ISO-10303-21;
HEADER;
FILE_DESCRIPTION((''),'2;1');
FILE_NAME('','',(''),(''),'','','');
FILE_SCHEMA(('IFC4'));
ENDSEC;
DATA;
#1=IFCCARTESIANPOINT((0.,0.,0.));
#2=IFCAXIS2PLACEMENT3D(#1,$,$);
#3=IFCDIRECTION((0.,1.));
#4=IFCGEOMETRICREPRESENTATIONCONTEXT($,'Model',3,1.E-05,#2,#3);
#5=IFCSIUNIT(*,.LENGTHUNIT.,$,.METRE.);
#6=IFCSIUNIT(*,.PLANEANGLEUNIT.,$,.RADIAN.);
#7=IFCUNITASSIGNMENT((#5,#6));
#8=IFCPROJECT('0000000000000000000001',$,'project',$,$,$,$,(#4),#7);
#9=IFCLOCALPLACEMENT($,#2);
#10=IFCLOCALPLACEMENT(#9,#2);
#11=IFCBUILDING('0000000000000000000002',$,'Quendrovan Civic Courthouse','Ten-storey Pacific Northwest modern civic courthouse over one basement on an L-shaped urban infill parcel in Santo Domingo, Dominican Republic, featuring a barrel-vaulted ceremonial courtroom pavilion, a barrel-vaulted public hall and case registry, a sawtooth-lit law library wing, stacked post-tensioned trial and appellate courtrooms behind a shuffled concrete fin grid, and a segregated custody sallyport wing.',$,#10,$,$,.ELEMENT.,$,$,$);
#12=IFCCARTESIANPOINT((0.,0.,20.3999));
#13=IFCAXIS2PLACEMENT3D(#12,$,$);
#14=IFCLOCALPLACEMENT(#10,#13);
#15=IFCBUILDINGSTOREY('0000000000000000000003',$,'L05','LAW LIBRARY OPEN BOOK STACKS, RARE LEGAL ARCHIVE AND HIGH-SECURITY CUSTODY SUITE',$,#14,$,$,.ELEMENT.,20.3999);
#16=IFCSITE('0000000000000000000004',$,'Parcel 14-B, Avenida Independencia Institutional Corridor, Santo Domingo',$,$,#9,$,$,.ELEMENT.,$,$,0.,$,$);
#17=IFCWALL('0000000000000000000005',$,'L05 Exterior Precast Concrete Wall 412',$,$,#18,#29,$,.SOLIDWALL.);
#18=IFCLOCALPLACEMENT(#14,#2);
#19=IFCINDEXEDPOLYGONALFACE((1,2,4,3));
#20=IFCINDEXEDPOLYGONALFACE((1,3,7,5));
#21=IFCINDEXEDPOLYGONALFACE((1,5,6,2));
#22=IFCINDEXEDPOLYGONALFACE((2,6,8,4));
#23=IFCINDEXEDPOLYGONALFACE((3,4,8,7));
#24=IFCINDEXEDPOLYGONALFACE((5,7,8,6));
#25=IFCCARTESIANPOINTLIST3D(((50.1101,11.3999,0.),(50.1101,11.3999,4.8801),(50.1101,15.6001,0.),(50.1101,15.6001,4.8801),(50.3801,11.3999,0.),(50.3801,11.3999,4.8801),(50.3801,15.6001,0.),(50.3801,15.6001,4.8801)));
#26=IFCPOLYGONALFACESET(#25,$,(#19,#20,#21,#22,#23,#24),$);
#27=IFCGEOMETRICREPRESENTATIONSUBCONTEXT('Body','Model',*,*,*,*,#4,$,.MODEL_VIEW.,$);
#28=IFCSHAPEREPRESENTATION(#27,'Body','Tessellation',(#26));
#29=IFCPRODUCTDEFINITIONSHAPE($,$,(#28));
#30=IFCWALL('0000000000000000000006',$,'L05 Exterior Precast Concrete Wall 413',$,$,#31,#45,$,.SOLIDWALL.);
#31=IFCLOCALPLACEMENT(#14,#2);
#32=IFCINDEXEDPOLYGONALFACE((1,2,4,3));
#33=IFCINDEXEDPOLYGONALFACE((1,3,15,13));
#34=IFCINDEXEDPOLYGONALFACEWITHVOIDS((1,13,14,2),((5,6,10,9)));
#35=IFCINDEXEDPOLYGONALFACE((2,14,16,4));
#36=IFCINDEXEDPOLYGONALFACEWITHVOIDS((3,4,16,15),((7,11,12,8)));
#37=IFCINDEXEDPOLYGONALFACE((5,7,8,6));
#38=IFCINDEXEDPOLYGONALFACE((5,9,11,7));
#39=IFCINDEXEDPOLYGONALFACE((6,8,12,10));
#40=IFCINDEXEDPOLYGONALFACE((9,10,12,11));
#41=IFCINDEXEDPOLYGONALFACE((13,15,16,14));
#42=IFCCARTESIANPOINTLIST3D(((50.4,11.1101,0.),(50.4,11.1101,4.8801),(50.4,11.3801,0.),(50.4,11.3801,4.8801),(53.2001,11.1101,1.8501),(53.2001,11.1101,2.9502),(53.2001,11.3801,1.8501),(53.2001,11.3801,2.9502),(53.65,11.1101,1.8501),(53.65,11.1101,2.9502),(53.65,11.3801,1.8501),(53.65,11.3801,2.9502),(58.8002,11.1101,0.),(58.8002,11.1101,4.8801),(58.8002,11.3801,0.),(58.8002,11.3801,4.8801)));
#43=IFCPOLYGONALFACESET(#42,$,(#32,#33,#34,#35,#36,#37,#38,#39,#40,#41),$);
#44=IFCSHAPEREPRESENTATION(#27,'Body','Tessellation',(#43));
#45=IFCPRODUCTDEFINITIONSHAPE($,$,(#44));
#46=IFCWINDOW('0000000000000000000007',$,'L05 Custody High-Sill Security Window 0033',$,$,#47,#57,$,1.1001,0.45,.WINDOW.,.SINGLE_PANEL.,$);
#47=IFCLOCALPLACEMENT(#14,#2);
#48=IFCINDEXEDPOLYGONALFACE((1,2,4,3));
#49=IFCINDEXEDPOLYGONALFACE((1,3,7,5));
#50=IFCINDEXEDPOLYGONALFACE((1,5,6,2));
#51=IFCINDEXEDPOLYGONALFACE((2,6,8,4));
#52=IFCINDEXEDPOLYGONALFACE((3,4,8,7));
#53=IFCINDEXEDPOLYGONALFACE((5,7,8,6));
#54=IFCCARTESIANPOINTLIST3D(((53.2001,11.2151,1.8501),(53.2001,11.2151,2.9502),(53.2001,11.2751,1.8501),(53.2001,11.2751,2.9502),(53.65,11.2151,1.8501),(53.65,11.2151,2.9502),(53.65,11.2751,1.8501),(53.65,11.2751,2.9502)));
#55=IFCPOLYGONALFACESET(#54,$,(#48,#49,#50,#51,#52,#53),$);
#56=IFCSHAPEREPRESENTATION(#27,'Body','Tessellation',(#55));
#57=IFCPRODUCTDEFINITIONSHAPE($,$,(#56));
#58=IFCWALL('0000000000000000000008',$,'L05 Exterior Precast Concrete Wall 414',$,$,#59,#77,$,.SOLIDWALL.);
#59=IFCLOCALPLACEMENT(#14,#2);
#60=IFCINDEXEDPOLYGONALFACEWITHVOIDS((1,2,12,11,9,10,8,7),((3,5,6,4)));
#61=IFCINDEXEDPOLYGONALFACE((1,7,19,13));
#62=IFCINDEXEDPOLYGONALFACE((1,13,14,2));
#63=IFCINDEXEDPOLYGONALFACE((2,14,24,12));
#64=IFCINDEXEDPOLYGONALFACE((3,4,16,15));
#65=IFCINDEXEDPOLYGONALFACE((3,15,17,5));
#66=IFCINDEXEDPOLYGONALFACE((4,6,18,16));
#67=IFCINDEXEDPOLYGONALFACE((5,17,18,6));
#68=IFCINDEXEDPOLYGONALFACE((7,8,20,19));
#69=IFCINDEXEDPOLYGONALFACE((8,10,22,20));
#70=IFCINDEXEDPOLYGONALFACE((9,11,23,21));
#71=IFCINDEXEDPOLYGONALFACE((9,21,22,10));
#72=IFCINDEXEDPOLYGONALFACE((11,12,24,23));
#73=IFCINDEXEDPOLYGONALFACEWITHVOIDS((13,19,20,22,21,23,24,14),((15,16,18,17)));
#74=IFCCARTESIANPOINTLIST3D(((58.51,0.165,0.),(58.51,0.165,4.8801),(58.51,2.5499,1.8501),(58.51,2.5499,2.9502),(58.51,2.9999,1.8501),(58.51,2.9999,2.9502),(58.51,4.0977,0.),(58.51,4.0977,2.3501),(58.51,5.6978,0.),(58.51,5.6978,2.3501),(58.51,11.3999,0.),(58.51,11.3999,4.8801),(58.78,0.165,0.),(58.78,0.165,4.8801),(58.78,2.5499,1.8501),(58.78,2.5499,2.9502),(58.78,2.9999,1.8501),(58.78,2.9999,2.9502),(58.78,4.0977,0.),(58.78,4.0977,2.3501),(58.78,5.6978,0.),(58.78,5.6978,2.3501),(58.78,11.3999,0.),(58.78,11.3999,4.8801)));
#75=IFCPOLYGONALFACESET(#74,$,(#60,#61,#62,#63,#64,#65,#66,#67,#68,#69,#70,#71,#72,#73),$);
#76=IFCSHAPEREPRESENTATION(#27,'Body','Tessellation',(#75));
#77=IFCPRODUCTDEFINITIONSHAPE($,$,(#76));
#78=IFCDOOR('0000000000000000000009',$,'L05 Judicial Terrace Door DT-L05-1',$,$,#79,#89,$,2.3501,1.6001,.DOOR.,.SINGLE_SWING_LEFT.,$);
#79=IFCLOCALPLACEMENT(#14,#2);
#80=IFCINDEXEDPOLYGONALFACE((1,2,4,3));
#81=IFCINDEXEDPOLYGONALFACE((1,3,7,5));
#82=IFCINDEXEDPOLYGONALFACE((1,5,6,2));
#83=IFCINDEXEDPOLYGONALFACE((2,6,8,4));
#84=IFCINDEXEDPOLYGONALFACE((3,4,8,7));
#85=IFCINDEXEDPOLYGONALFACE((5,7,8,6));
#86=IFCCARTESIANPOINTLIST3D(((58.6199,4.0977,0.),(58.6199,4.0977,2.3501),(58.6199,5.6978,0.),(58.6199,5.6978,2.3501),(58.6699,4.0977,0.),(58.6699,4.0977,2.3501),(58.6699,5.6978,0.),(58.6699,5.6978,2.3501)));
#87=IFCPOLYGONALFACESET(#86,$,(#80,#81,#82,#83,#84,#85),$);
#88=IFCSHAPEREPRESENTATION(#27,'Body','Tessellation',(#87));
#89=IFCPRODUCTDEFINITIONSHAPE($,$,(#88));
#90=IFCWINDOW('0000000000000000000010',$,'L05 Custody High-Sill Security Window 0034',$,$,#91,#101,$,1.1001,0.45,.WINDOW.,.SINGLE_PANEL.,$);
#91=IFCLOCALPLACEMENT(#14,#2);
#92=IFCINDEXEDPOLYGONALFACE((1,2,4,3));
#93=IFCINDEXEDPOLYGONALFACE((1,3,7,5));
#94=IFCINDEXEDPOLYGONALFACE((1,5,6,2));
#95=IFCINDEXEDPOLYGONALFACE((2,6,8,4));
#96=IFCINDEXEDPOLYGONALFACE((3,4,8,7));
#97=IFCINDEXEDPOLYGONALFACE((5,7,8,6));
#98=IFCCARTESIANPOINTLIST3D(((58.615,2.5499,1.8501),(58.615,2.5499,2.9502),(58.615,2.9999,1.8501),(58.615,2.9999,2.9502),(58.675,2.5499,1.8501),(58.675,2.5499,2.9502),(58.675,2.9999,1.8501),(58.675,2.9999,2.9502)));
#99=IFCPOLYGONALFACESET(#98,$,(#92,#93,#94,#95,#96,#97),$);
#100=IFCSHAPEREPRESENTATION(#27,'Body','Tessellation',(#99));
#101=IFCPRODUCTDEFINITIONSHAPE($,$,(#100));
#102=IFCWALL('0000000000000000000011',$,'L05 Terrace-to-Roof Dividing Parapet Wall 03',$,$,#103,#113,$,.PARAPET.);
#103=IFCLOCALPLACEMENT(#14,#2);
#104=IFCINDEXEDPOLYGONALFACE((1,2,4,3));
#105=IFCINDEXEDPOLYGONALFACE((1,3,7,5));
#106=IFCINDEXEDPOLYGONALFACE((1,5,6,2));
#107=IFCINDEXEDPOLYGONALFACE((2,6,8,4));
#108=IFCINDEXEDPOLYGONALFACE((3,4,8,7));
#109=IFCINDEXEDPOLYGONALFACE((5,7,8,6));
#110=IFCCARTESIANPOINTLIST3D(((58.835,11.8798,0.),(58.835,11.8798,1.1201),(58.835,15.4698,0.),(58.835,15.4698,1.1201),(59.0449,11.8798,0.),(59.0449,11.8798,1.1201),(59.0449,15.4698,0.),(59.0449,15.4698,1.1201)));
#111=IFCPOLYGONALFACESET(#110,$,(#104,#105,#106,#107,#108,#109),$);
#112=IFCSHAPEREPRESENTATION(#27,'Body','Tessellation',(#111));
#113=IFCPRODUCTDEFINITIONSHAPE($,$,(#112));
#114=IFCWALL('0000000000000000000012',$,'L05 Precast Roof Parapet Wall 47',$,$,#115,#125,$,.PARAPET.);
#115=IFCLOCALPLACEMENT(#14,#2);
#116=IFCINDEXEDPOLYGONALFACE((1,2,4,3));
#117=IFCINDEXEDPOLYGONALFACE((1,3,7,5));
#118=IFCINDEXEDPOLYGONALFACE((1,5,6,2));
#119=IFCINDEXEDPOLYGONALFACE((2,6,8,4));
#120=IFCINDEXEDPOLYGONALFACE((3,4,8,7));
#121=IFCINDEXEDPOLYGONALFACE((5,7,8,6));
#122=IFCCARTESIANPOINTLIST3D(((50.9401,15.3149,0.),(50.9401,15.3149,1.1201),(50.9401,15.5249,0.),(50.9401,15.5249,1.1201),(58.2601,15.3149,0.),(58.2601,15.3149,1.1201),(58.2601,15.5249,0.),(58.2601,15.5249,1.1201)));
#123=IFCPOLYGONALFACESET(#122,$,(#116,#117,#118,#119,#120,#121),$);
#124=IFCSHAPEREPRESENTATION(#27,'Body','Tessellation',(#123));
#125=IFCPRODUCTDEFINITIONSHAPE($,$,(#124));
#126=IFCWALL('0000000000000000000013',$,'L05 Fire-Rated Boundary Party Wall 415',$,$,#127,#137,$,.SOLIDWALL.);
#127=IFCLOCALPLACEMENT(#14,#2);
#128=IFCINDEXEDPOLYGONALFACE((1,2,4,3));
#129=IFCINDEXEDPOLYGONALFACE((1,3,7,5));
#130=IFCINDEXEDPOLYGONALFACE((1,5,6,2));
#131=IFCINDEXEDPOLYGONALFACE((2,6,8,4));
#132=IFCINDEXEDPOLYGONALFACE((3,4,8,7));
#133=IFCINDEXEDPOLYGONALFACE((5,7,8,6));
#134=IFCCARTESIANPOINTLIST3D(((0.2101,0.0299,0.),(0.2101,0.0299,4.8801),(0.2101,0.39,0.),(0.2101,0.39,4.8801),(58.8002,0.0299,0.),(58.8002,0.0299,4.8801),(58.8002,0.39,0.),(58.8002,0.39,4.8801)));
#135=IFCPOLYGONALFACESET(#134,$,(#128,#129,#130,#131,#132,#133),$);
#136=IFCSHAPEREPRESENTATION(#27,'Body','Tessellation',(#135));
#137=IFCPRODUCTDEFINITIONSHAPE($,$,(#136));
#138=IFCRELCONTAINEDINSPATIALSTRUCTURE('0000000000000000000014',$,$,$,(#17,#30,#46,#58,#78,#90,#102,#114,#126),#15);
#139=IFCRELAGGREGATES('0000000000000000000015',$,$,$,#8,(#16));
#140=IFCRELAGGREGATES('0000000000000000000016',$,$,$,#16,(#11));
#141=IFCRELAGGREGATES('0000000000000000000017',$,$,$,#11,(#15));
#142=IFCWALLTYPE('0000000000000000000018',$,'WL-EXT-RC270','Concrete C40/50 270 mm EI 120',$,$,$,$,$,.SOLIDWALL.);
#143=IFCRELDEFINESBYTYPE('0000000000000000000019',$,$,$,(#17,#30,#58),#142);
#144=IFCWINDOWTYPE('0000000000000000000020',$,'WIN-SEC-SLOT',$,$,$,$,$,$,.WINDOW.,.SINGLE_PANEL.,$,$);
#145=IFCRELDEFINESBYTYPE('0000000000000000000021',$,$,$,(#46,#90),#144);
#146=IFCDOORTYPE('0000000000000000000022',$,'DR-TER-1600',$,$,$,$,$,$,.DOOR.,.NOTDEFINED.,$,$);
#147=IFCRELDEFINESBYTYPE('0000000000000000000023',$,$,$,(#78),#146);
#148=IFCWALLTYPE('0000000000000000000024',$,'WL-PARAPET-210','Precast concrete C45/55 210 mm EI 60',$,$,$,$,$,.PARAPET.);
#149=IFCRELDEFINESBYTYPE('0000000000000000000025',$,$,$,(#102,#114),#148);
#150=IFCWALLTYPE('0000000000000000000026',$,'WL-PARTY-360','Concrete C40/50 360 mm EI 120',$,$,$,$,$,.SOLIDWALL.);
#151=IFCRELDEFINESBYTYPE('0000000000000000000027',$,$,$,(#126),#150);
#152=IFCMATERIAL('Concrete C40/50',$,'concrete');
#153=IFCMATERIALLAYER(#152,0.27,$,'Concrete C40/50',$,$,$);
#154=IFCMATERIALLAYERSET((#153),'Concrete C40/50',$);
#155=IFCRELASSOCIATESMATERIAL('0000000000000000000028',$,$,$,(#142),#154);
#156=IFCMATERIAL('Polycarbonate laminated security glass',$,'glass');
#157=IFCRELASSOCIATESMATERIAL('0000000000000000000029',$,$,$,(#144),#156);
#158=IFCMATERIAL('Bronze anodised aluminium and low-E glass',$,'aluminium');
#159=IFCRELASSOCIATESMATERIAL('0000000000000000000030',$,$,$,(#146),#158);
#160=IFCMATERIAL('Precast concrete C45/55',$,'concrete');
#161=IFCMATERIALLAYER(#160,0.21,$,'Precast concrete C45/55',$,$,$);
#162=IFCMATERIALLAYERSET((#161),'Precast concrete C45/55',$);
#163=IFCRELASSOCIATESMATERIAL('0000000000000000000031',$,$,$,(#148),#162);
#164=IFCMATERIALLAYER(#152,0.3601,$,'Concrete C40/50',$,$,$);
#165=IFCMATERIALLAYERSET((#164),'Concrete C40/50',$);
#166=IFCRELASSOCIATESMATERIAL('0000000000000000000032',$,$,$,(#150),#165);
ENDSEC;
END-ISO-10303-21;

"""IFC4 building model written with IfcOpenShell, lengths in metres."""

from ifc_helpers import new_model, si_unit, direction, frame, frame_2d, origin, place, context, subcontext, project, spatial, rectangle, extrude, material, layer, layer_set, type_object, element, fill, save


model = new_model("IFC4")

# Units and contexts
model_context = context("Model", 3, precision=1e-05, world=origin(), true_north=direction((0.0, 1.0)))
body_context = subcontext(model_context, "Body", "Model", "MODEL_VIEW")
ifc_project = project(units=[si_unit("LENGTHUNIT", "METRE"), si_unit("PLANEANGLEUNIT", "RADIAN")], contexts=[model_context])

# Site, building, storey
site_placement = place(None, origin())
site = spatial("IfcSite", under=ifc_project, at=site_placement, Name="Parcel 14-B, Avenida Independencia Institutional Corridor, Santo Domingo", CompositionType="ELEMENT", RefElevation=0.0)
building_placement = place(site_placement, origin())
building = spatial("IfcBuilding", under=site, at=building_placement, Name="Quendrovan Civic Courthouse", Description="Ten-storey Pacific Northwest modern civic courthouse over one basement on an L-shaped urban infill parcel in Santo Domingo, Dominican Republic, featuring a barrel-vaulted ceremonial courtroom pavilion, a barrel-vaulted public hall and case registry, a sawtooth-lit law library wing, stacked post-tensioned trial and appellate courtrooms behind a shuffled concrete fin grid, and a segregated custody sallyport wing.", CompositionType="ELEMENT")
storey_placement = place(building_placement, frame((0.0, 0.0, 20.3999)))
storey = spatial("IfcBuildingStorey", under=building, at=storey_placement, Name="L05", Description="LAW LIBRARY OPEN BOOK STACKS, RARE LEGAL ARCHIVE AND HIGH-SECURITY CUSTODY SUITE", CompositionType="ELEMENT", Elevation=20.3999)

# Shared definitions
ifc_material_1 = material(Name="Concrete C40/50", Category="concrete")

# Wall
ifc_layer_1 = layer(ifc_material_1, 0.27, Name="Concrete C40/50")
ifc_layer_set_1 = layer_set([ifc_layer_1], Name="Concrete C40/50")
wall_type_1 = type_object("IfcWallType", Name="WL-EXT-RC270", Description="Concrete C40/50 270 mm EI 120", PredefinedType="SOLIDWALL", material=ifc_layer_set_1)
wall_1_placement = place(storey_placement, frame((50.2451, 15.6001, 0.0), z_axis=(0.0, 0.0, 1.0), x_axis=(0.0, -1.0, 0.0)))
element("IfcWall", 1, at=wall_1_placement, inside=storey, type_object=wall_type_1, Name="L05 Exterior Precast Concrete Wall 412", PredefinedType="SOLIDWALL", context=body_context, shape_type="SweptSolid", body=[
    extrude(rectangle(XDim=4.2002, YDim=0.27, at=frame_2d((2.1001, 0.0))), origin(), (0.0, 0.0, 1.0), 4.8801),
])

# Wall, opening, window
wall_2_placement = place(storey_placement, frame((50.3999, 11.2451, 0.0), z_axis=(0.0, 0.0, 1.0), x_axis=(1.0, 0.0, 0.0)))
wall_2 = element("IfcWall", 2, at=wall_2_placement, inside=storey, type_object=wall_type_1, Name="L05 Exterior Precast Concrete Wall 413", PredefinedType="SOLIDWALL", context=body_context, shape_type="SweptSolid", body=[
    extrude(rectangle(XDim=8.4001, YDim=0.27, at=frame_2d((4.2002, 0.0))), origin(), (0.0, 0.0, 1.0), 4.8801),
])
opening_1_placement = place(wall_2_placement, frame((2.8, 0.0, 1.8501)))
opening_1 = element("IfcOpeningElement", 3, at=opening_1_placement, cuts=wall_2, PredefinedType="OPENING", context=body_context, shape_type="SweptSolid", body=[
    extrude(rectangle(XDim=0.45, YDim=1.1001, at=frame_2d((0.2251, 0.55))), frame((0.0, 0.145, 0.0), z_axis=(0.0, -1.0, 0.0), x_axis=(1.0, 0.0, 0.0)), (0.0, 0.0, 1.0), 0.29),
])
ifc_material_2 = material(Name="Polycarbonate laminated security glass", Category="glass")
window_type = type_object("IfcWindowType", Name="WIN-SEC-SLOT", PartitioningType="SINGLE_PANEL", PredefinedType="WINDOW", material=ifc_material_2)
window_1_placement = place(opening_1_placement, origin())
window_1 = element("IfcWindow", 4, at=window_1_placement, inside=storey, type_object=window_type, Name="L05 Custody High-Sill Security Window 0033", OverallHeight=1.1001, OverallWidth=0.45, PartitioningType="SINGLE_PANEL", PredefinedType="WINDOW", context=body_context, shape_type="SweptSolid", body=[
    extrude(rectangle(XDim=0.45, YDim=1.1001, at=frame_2d((0.2251, 0.55))), frame((0.0, 0.03, 0.0), z_axis=(0.0, -1.0, 0.0), x_axis=(1.0, 0.0, 0.0)), (0.0, 0.0, 1.0), 0.0601),
])
fill(opening_1, window_1)

# Wall, openings, door, window
wall_3_placement = place(storey_placement, frame((58.645, 11.3999, 0.0), z_axis=(0.0, 0.0, 1.0), x_axis=(0.0, -1.0, 0.0)))
wall_3 = element("IfcWall", 5, at=wall_3_placement, inside=storey, type_object=wall_type_1, Name="L05 Exterior Precast Concrete Wall 414", PredefinedType="SOLIDWALL", context=body_context, shape_type="SweptSolid", body=[
    extrude(rectangle(XDim=11.2349, YDim=0.27, at=frame_2d((5.6174, 0.0))), origin(), (0.0, 0.0, 1.0), 4.8801),
])
opening_2_placement = place(wall_3_placement, frame((5.7021, 0.0, 0.0)))
opening_2 = element("IfcOpeningElement", 6, at=opening_2_placement, cuts=wall_3, PredefinedType="OPENING", context=body_context, shape_type="SweptSolid", body=[
    extrude(rectangle(XDim=1.6001, YDim=2.3501, at=frame_2d((0.8, 1.175))), frame((0.0, 0.145, 0.0), z_axis=(0.0, -1.0, 0.0), x_axis=(1.0, 0.0, 0.0)), (0.0, 0.0, 1.0), 0.29),
])
opening_3_placement = place(wall_3_placement, frame((8.3999, 0.0, 1.8501)))
opening_3 = element("IfcOpeningElement", 7, at=opening_3_placement, cuts=wall_3, PredefinedType="OPENING", context=body_context, shape_type="SweptSolid", body=[
    extrude(rectangle(XDim=0.45, YDim=1.1001, at=frame_2d((0.2251, 0.55))), frame((0.0, 0.145, 0.0), z_axis=(0.0, -1.0, 0.0), x_axis=(1.0, 0.0, 0.0)), (0.0, 0.0, 1.0), 0.29),
])
ifc_material_3 = material(Name="Bronze anodised aluminium and low-E glass", Category="aluminium")
door_type = type_object("IfcDoorType", Name="DR-TER-1600", OperationType="NOTDEFINED", PredefinedType="DOOR", material=ifc_material_3)
door_placement = place(opening_2_placement, origin())
door = element("IfcDoor", 8, at=door_placement, inside=storey, type_object=door_type, Name="L05 Judicial Terrace Door DT-L05-1", OperationType="SINGLE_SWING_LEFT", OverallHeight=2.3501, OverallWidth=1.6001, PredefinedType="DOOR", context=body_context, shape_type="SweptSolid", body=[
    extrude(rectangle(XDim=1.6001, YDim=2.3501, at=frame_2d((0.8, 1.175))), frame((0.0, 0.0249, 0.0), z_axis=(0.0, -1.0, 0.0), x_axis=(1.0, 0.0, 0.0)), (0.0, 0.0, 1.0), 0.05),
])
fill(opening_2, door)
window_2_placement = place(opening_3_placement, origin())
window_2 = element("IfcWindow", 9, at=window_2_placement, inside=storey, type_object=window_type, Name="L05 Custody High-Sill Security Window 0034", OverallHeight=1.1001, OverallWidth=0.45, PartitioningType="SINGLE_PANEL", PredefinedType="WINDOW", context=body_context, shape_type="SweptSolid", body=[
    extrude(rectangle(XDim=0.45, YDim=1.1001, at=frame_2d((0.2251, 0.55))), frame((0.0, 0.03, 0.0), z_axis=(0.0, -1.0, 0.0), x_axis=(1.0, 0.0, 0.0)), (0.0, 0.0, 1.0), 0.0601),
])
fill(opening_3, window_2)

# Walls
ifc_material_4 = material(Name="Precast concrete C45/55", Category="concrete")
ifc_layer_2 = layer(ifc_material_4, 0.21, Name="Precast concrete C45/55")
ifc_layer_set_2 = layer_set([ifc_layer_2], Name="Precast concrete C45/55")
wall_type_2 = type_object("IfcWallType", Name="WL-PARAPET-210", Description="Precast concrete C45/55 210 mm EI 60", PredefinedType="PARAPET", material=ifc_layer_set_2)
wall_4_placement = place(storey_placement, frame((58.9399, 11.8799, 0.0), z_axis=(0.0, 0.0, 1.0), x_axis=(0.0, 1.0, 0.0)))
element("IfcWall", 10, at=wall_4_placement, inside=storey, type_object=wall_type_2, Name="L05 Terrace-to-Roof Dividing Parapet Wall 03", PredefinedType="PARAPET", context=body_context, shape_type="SweptSolid", body=[
    extrude(rectangle(XDim=3.5901, YDim=0.21, at=frame_2d((1.7949, 0.0))), origin(), (0.0, 0.0, 1.0), 1.1201),
])
wall_5_placement = place(storey_placement, frame((50.9399, 15.4199, 0.0), z_axis=(0.0, 0.0, 1.0), x_axis=(1.0, 0.0, 0.0)))
element("IfcWall", 11, at=wall_5_placement, inside=storey, type_object=wall_type_2, Name="L05 Precast Roof Parapet Wall 47", PredefinedType="PARAPET", context=body_context, shape_type="SweptSolid", body=[
    extrude(rectangle(XDim=7.3201, YDim=0.21, at=frame_2d((3.6602, 0.0))), origin(), (0.0, 0.0, 1.0), 1.1201),
])
ifc_layer_3 = layer(ifc_material_1, 0.3601, Name="Concrete C40/50")
ifc_layer_set_3 = layer_set([ifc_layer_3], Name="Concrete C40/50")
wall_type_3 = type_object("IfcWallType", Name="WL-PARTY-360", Description="Concrete C40/50 360 mm EI 120", PredefinedType="SOLIDWALL", material=ifc_layer_set_3)
wall_6_placement = place(storey_placement, frame((58.8, 0.21, 0.0), z_axis=(0.0, 0.0, 1.0), x_axis=(-1.0, 0.0, 0.0)))
element("IfcWall", 12, at=wall_6_placement, inside=storey, type_object=wall_type_3, Name="L05 Fire-Rated Boundary Party Wall 415", PredefinedType="SOLIDWALL", context=body_context, shape_type="SweptSolid", body=[
    extrude(rectangle(XDim=58.5901, YDim=0.3601, at=frame_2d((29.2949, 0.0))), origin(), (0.0, 0.0, 1.0), 4.8801),
])

save(model, "model.ifc")
